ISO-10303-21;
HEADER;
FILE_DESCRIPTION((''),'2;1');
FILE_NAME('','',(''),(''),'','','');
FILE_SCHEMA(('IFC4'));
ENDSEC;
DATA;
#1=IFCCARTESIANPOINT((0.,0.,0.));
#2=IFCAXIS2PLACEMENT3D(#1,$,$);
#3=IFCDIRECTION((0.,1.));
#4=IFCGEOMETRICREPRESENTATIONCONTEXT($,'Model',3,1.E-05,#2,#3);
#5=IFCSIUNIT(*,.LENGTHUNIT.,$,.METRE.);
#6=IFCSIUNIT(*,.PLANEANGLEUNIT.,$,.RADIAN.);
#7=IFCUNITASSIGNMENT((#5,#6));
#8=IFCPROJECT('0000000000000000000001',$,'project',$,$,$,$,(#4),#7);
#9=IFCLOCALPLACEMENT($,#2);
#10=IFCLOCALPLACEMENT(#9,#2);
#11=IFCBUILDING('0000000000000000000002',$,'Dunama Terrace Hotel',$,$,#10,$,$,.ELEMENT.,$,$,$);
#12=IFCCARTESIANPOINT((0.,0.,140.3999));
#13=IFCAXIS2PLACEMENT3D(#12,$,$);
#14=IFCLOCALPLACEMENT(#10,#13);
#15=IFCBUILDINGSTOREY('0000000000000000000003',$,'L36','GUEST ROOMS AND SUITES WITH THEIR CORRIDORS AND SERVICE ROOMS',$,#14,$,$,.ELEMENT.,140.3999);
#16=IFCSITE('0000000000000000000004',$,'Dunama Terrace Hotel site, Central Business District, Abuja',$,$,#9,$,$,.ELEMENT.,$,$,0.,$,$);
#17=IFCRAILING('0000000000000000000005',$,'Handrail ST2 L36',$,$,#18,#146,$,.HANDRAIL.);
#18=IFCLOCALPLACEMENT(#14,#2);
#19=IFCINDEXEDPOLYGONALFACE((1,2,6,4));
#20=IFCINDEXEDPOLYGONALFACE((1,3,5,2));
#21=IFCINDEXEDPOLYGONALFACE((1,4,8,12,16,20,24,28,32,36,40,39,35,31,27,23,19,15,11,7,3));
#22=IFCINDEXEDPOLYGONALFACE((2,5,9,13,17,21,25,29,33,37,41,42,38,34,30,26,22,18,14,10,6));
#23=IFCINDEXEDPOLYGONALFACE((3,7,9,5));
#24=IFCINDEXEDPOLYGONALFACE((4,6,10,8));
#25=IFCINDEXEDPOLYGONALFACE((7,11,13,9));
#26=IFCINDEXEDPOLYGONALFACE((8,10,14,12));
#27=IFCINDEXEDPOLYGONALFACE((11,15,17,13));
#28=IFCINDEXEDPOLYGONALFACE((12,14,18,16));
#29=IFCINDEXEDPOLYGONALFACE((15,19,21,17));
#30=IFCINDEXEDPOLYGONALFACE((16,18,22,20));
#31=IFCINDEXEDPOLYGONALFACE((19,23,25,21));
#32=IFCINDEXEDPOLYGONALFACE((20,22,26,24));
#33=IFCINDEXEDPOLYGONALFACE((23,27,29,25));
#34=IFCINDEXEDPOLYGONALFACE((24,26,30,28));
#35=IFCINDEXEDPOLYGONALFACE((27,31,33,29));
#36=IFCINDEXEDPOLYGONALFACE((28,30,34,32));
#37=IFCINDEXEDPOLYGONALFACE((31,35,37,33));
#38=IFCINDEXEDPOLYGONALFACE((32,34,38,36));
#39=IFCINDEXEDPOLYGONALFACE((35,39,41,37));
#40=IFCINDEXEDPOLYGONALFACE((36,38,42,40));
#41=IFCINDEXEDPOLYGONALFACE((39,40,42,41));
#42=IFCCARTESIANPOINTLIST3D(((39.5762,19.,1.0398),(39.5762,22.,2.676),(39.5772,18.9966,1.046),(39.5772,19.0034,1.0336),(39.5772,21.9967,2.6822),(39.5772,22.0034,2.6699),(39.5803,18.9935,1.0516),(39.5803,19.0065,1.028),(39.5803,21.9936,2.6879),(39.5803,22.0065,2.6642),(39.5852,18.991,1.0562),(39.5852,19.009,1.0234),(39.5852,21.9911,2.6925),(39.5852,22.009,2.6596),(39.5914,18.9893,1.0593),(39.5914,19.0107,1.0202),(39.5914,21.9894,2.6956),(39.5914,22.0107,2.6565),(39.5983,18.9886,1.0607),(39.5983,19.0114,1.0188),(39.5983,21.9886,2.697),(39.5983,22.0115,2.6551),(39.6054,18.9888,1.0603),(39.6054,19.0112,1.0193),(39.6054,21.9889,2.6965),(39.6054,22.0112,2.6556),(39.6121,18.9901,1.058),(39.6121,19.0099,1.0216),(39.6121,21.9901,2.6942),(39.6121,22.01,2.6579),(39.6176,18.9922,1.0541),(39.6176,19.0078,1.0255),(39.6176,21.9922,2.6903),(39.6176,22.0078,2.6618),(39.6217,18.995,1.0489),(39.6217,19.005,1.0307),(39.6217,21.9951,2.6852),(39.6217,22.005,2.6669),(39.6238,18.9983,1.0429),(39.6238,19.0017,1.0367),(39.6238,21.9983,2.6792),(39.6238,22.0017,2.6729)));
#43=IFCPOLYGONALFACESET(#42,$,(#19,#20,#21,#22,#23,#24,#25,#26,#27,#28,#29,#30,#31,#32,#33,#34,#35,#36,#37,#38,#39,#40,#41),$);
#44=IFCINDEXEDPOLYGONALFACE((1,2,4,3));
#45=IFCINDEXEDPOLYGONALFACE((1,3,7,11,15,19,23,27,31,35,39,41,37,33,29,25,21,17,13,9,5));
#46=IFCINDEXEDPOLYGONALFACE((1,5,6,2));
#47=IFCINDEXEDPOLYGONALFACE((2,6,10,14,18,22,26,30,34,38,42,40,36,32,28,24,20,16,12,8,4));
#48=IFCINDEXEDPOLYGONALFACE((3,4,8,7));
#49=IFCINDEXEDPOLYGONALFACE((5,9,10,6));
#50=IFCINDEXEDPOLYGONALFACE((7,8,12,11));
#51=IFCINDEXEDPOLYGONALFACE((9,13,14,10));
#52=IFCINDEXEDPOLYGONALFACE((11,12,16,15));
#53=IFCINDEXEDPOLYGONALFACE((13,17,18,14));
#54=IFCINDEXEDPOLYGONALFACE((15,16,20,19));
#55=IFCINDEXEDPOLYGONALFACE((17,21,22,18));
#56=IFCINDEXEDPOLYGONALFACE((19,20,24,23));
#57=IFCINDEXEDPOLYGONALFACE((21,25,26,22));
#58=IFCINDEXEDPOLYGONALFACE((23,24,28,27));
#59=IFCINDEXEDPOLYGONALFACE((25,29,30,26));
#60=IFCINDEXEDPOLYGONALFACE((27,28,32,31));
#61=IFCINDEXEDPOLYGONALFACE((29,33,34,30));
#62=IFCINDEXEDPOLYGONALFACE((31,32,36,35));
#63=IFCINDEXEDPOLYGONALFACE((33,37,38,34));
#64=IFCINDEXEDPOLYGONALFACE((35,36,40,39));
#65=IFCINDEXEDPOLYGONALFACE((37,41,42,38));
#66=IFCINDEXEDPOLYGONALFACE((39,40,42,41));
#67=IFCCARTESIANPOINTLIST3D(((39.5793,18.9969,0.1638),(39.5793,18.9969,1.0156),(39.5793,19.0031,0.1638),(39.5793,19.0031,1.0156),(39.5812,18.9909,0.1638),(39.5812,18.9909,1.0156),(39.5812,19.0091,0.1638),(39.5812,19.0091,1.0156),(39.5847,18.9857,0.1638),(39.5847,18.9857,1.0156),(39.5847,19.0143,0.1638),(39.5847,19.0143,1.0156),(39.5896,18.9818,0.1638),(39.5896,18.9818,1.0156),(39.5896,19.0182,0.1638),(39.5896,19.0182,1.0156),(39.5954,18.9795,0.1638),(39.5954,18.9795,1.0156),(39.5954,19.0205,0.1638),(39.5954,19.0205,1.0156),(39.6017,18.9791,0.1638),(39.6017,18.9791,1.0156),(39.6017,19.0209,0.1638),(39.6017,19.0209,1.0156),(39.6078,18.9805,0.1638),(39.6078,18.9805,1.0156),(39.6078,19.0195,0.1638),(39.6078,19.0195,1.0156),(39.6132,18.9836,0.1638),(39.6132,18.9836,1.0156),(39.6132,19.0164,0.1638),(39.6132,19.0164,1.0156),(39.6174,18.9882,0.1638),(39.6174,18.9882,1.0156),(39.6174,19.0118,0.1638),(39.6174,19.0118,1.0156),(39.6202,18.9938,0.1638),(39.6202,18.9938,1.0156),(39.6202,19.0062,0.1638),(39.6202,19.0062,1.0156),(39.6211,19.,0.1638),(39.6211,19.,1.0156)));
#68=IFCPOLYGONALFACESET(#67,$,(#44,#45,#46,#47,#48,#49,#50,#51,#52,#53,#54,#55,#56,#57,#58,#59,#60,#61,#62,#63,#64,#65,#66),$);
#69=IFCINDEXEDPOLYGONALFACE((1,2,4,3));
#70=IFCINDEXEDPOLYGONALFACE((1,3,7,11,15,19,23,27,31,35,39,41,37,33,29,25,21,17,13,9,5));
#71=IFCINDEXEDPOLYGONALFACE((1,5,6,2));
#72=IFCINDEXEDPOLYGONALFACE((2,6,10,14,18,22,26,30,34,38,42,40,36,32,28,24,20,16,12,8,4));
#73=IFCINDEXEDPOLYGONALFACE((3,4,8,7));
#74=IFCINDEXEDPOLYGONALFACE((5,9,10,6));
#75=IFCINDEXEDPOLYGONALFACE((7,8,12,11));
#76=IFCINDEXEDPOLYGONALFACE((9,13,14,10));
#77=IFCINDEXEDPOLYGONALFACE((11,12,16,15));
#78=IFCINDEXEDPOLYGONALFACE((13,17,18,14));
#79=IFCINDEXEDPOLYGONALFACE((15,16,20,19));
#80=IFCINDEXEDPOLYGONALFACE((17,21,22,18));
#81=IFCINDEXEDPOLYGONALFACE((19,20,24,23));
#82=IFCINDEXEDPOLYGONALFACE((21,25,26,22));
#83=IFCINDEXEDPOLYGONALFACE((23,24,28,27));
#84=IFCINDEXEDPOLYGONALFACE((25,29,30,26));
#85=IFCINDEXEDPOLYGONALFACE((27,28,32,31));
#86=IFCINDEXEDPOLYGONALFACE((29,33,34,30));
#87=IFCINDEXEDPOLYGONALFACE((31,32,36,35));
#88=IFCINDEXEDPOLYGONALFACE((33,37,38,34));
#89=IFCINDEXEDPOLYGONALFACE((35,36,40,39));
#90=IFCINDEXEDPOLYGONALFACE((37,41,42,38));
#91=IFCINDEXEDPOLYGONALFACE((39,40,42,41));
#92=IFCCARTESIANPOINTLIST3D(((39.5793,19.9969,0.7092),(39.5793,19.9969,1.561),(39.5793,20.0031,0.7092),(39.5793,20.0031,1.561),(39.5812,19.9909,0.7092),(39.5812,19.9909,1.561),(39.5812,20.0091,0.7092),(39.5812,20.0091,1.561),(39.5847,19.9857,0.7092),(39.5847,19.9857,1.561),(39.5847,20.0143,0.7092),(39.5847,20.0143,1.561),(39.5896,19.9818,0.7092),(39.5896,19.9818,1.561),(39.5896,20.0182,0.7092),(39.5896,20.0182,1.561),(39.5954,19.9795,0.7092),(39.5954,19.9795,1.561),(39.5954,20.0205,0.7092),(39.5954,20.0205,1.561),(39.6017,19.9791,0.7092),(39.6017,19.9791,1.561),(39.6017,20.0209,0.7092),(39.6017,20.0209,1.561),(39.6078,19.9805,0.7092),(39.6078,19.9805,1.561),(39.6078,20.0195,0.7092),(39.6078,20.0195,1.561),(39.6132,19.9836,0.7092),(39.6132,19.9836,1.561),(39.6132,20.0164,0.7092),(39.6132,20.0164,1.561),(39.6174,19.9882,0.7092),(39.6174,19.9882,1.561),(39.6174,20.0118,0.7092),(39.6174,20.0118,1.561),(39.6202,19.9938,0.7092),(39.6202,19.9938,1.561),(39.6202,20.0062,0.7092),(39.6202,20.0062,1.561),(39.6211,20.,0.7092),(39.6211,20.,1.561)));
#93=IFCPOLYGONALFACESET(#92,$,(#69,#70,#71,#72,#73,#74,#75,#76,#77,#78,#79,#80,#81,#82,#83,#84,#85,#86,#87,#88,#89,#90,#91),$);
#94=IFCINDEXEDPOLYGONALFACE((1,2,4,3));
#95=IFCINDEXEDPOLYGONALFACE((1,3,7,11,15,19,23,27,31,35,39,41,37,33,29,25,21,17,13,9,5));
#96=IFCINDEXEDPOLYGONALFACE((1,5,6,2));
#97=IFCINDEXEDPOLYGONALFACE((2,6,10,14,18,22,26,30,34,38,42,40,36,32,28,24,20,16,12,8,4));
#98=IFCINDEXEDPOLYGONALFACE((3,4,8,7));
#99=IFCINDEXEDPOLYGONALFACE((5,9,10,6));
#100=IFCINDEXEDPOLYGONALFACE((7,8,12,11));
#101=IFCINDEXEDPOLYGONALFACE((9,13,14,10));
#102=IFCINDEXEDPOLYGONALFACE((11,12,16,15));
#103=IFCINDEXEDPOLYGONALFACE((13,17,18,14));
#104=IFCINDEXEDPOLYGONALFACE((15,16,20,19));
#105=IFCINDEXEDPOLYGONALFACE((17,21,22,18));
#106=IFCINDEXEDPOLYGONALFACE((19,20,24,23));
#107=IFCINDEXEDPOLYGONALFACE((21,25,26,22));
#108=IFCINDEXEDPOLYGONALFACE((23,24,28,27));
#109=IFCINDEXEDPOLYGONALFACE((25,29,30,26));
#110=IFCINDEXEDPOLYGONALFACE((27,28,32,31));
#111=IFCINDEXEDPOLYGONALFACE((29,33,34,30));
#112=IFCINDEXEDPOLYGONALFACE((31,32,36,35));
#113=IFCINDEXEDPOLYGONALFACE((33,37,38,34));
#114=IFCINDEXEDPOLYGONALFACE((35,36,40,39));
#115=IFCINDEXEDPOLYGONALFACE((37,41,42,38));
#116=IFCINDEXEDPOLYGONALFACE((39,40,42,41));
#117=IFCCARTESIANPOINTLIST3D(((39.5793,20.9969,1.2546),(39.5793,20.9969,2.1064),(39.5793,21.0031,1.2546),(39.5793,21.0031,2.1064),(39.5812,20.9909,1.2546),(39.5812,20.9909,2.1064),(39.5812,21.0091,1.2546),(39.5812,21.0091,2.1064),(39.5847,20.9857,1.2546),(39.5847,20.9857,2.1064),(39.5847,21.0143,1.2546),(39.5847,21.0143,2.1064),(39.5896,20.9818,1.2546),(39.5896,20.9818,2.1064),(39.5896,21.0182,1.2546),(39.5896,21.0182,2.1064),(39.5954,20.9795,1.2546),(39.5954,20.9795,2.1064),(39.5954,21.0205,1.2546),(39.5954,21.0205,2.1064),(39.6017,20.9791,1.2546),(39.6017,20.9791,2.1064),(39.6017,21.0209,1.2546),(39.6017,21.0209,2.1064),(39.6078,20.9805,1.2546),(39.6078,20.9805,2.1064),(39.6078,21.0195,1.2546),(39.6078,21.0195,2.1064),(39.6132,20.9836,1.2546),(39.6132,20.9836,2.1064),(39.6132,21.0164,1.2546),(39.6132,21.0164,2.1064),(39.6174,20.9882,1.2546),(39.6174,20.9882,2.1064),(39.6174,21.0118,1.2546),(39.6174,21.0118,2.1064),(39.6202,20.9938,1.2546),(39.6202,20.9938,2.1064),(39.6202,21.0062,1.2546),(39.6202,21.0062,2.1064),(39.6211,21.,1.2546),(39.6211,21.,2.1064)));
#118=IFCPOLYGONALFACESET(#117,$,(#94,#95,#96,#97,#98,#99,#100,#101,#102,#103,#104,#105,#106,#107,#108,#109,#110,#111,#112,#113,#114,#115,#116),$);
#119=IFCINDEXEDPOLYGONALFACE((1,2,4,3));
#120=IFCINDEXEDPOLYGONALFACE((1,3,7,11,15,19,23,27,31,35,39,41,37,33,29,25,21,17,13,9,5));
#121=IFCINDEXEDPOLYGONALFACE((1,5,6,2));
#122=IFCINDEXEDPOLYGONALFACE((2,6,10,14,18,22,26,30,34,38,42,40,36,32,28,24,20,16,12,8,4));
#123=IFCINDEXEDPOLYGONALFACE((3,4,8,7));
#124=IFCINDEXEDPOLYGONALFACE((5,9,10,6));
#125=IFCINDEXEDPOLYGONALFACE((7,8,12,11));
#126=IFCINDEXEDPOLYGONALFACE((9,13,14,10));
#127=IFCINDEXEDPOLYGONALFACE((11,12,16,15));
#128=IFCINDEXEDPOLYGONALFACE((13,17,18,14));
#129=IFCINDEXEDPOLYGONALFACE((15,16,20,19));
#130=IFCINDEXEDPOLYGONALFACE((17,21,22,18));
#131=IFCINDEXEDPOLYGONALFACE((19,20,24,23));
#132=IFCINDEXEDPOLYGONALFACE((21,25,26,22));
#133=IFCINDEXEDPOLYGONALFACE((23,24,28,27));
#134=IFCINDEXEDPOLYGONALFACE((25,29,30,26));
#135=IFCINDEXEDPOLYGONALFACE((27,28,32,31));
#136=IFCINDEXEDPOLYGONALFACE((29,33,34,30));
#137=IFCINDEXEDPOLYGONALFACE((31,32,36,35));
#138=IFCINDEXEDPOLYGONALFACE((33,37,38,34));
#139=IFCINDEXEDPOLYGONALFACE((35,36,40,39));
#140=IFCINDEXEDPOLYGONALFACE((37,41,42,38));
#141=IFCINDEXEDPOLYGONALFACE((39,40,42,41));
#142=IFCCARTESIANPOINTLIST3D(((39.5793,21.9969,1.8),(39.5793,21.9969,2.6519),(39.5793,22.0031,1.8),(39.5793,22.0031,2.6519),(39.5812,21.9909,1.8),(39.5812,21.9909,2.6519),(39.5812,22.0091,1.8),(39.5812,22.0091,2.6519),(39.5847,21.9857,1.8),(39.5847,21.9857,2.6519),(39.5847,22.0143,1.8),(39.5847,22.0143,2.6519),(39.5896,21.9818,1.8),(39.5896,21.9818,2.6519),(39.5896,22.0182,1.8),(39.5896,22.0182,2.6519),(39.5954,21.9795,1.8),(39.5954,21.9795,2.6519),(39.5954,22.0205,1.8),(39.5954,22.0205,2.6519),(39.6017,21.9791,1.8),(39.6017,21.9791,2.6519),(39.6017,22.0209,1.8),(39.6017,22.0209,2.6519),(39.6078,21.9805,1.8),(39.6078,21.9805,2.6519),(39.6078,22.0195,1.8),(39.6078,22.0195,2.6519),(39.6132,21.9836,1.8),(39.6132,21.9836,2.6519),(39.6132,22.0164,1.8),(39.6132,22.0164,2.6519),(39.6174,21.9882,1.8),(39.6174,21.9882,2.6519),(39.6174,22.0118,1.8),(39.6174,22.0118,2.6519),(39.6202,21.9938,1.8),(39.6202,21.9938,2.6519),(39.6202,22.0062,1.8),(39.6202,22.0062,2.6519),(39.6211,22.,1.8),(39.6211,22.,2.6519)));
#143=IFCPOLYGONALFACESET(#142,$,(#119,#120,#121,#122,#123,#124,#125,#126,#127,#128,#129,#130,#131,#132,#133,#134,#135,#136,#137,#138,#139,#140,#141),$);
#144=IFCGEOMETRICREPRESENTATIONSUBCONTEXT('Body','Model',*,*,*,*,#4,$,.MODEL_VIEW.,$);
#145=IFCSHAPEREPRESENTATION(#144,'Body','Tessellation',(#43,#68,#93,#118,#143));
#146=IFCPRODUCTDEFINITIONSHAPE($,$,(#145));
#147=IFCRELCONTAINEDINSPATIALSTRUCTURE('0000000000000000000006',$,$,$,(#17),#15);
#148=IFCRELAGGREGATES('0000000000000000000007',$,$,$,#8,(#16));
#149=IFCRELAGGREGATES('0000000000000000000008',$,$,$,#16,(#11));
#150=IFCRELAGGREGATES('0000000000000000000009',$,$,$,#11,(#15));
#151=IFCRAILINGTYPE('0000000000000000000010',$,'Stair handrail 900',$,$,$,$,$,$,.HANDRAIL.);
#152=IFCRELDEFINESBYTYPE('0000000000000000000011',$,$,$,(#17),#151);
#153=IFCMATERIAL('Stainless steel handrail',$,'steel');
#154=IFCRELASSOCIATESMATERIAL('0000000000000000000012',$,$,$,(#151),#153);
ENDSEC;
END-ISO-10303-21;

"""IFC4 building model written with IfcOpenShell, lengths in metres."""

from ifc_helpers import new_model, si_unit, direction, frame, origin, origin_2d, place, context, subcontext, project, spatial, circle, extrude, material, type_object, element, save


model = new_model("IFC4")

# Units and contexts
model_context = context("Model", 3, precision=1e-05, world=origin(), true_north=direction((0.0, 1.0)))
body_context = subcontext(model_context, "Body", "Model", "MODEL_VIEW")
ifc_project = project(units=[si_unit("LENGTHUNIT", "METRE"), si_unit("PLANEANGLEUNIT", "RADIAN")], contexts=[model_context])

# Site, building, storey
site_placement = place(None, origin())
site = spatial("IfcSite", under=ifc_project, at=site_placement, Name="Dunama Terrace Hotel site, Central Business District, Abuja", CompositionType="ELEMENT", RefElevation=0.0)
building_placement = place(site_placement, origin())
building = spatial("IfcBuilding", under=site, at=building_placement, Name="Dunama Terrace Hotel", CompositionType="ELEMENT")
storey_placement = place(building_placement, frame((0.0, 0.0, 140.3999)))
storey = spatial("IfcBuildingStorey", under=building, at=storey_placement, Name="L36", Description="GUEST ROOMS AND SUITES WITH THEIR CORRIDORS AND SERVICE ROOMS", CompositionType="ELEMENT", Elevation=140.3999)

# Railing
ifc_material_1 = material(Name="Stainless steel handrail", Category="steel")
railing_type = type_object("IfcRailingType", Name="Stair handrail 900", PredefinedType="HANDRAIL", material=ifc_material_1)
railing_1_placement = place(storey_placement, frame((39.6001, 19.0, 0.1638)))
element("IfcRailing", 1, at=railing_1_placement, inside=storey, type_object=railing_type, Name="Handrail ST2 L36", PredefinedType="HANDRAIL", context=body_context, shape_type="SweptSolid", body=[
    extrude(circle(Radius=0.0239, at=origin_2d()), frame((0.0, 0.0, 0.876), z_axis=(0.0, 0.877912, 0.478822), x_axis=(-1.0, 0.0, 0.0)), (0.0, 0.0, 1.0), 3.4172),
    extrude(circle(Radius=0.021, at=origin_2d()), origin(), (0.0, 0.0, 1.0), 0.8518),
    extrude(circle(Radius=0.021, at=origin_2d()), frame((0.0, 1.0, 0.5454)), (0.0, 0.0, 1.0), 0.8518),
    extrude(circle(Radius=0.021, at=origin_2d()), frame((0.0, 2.0, 1.0908)), (0.0, 0.0, 1.0), 0.8518),
    extrude(circle(Radius=0.021, at=origin_2d()), frame((0.0, 3.0, 1.6362)), (0.0, 0.0, 1.0), 0.8518),
])

save(model, "model.ifc")
